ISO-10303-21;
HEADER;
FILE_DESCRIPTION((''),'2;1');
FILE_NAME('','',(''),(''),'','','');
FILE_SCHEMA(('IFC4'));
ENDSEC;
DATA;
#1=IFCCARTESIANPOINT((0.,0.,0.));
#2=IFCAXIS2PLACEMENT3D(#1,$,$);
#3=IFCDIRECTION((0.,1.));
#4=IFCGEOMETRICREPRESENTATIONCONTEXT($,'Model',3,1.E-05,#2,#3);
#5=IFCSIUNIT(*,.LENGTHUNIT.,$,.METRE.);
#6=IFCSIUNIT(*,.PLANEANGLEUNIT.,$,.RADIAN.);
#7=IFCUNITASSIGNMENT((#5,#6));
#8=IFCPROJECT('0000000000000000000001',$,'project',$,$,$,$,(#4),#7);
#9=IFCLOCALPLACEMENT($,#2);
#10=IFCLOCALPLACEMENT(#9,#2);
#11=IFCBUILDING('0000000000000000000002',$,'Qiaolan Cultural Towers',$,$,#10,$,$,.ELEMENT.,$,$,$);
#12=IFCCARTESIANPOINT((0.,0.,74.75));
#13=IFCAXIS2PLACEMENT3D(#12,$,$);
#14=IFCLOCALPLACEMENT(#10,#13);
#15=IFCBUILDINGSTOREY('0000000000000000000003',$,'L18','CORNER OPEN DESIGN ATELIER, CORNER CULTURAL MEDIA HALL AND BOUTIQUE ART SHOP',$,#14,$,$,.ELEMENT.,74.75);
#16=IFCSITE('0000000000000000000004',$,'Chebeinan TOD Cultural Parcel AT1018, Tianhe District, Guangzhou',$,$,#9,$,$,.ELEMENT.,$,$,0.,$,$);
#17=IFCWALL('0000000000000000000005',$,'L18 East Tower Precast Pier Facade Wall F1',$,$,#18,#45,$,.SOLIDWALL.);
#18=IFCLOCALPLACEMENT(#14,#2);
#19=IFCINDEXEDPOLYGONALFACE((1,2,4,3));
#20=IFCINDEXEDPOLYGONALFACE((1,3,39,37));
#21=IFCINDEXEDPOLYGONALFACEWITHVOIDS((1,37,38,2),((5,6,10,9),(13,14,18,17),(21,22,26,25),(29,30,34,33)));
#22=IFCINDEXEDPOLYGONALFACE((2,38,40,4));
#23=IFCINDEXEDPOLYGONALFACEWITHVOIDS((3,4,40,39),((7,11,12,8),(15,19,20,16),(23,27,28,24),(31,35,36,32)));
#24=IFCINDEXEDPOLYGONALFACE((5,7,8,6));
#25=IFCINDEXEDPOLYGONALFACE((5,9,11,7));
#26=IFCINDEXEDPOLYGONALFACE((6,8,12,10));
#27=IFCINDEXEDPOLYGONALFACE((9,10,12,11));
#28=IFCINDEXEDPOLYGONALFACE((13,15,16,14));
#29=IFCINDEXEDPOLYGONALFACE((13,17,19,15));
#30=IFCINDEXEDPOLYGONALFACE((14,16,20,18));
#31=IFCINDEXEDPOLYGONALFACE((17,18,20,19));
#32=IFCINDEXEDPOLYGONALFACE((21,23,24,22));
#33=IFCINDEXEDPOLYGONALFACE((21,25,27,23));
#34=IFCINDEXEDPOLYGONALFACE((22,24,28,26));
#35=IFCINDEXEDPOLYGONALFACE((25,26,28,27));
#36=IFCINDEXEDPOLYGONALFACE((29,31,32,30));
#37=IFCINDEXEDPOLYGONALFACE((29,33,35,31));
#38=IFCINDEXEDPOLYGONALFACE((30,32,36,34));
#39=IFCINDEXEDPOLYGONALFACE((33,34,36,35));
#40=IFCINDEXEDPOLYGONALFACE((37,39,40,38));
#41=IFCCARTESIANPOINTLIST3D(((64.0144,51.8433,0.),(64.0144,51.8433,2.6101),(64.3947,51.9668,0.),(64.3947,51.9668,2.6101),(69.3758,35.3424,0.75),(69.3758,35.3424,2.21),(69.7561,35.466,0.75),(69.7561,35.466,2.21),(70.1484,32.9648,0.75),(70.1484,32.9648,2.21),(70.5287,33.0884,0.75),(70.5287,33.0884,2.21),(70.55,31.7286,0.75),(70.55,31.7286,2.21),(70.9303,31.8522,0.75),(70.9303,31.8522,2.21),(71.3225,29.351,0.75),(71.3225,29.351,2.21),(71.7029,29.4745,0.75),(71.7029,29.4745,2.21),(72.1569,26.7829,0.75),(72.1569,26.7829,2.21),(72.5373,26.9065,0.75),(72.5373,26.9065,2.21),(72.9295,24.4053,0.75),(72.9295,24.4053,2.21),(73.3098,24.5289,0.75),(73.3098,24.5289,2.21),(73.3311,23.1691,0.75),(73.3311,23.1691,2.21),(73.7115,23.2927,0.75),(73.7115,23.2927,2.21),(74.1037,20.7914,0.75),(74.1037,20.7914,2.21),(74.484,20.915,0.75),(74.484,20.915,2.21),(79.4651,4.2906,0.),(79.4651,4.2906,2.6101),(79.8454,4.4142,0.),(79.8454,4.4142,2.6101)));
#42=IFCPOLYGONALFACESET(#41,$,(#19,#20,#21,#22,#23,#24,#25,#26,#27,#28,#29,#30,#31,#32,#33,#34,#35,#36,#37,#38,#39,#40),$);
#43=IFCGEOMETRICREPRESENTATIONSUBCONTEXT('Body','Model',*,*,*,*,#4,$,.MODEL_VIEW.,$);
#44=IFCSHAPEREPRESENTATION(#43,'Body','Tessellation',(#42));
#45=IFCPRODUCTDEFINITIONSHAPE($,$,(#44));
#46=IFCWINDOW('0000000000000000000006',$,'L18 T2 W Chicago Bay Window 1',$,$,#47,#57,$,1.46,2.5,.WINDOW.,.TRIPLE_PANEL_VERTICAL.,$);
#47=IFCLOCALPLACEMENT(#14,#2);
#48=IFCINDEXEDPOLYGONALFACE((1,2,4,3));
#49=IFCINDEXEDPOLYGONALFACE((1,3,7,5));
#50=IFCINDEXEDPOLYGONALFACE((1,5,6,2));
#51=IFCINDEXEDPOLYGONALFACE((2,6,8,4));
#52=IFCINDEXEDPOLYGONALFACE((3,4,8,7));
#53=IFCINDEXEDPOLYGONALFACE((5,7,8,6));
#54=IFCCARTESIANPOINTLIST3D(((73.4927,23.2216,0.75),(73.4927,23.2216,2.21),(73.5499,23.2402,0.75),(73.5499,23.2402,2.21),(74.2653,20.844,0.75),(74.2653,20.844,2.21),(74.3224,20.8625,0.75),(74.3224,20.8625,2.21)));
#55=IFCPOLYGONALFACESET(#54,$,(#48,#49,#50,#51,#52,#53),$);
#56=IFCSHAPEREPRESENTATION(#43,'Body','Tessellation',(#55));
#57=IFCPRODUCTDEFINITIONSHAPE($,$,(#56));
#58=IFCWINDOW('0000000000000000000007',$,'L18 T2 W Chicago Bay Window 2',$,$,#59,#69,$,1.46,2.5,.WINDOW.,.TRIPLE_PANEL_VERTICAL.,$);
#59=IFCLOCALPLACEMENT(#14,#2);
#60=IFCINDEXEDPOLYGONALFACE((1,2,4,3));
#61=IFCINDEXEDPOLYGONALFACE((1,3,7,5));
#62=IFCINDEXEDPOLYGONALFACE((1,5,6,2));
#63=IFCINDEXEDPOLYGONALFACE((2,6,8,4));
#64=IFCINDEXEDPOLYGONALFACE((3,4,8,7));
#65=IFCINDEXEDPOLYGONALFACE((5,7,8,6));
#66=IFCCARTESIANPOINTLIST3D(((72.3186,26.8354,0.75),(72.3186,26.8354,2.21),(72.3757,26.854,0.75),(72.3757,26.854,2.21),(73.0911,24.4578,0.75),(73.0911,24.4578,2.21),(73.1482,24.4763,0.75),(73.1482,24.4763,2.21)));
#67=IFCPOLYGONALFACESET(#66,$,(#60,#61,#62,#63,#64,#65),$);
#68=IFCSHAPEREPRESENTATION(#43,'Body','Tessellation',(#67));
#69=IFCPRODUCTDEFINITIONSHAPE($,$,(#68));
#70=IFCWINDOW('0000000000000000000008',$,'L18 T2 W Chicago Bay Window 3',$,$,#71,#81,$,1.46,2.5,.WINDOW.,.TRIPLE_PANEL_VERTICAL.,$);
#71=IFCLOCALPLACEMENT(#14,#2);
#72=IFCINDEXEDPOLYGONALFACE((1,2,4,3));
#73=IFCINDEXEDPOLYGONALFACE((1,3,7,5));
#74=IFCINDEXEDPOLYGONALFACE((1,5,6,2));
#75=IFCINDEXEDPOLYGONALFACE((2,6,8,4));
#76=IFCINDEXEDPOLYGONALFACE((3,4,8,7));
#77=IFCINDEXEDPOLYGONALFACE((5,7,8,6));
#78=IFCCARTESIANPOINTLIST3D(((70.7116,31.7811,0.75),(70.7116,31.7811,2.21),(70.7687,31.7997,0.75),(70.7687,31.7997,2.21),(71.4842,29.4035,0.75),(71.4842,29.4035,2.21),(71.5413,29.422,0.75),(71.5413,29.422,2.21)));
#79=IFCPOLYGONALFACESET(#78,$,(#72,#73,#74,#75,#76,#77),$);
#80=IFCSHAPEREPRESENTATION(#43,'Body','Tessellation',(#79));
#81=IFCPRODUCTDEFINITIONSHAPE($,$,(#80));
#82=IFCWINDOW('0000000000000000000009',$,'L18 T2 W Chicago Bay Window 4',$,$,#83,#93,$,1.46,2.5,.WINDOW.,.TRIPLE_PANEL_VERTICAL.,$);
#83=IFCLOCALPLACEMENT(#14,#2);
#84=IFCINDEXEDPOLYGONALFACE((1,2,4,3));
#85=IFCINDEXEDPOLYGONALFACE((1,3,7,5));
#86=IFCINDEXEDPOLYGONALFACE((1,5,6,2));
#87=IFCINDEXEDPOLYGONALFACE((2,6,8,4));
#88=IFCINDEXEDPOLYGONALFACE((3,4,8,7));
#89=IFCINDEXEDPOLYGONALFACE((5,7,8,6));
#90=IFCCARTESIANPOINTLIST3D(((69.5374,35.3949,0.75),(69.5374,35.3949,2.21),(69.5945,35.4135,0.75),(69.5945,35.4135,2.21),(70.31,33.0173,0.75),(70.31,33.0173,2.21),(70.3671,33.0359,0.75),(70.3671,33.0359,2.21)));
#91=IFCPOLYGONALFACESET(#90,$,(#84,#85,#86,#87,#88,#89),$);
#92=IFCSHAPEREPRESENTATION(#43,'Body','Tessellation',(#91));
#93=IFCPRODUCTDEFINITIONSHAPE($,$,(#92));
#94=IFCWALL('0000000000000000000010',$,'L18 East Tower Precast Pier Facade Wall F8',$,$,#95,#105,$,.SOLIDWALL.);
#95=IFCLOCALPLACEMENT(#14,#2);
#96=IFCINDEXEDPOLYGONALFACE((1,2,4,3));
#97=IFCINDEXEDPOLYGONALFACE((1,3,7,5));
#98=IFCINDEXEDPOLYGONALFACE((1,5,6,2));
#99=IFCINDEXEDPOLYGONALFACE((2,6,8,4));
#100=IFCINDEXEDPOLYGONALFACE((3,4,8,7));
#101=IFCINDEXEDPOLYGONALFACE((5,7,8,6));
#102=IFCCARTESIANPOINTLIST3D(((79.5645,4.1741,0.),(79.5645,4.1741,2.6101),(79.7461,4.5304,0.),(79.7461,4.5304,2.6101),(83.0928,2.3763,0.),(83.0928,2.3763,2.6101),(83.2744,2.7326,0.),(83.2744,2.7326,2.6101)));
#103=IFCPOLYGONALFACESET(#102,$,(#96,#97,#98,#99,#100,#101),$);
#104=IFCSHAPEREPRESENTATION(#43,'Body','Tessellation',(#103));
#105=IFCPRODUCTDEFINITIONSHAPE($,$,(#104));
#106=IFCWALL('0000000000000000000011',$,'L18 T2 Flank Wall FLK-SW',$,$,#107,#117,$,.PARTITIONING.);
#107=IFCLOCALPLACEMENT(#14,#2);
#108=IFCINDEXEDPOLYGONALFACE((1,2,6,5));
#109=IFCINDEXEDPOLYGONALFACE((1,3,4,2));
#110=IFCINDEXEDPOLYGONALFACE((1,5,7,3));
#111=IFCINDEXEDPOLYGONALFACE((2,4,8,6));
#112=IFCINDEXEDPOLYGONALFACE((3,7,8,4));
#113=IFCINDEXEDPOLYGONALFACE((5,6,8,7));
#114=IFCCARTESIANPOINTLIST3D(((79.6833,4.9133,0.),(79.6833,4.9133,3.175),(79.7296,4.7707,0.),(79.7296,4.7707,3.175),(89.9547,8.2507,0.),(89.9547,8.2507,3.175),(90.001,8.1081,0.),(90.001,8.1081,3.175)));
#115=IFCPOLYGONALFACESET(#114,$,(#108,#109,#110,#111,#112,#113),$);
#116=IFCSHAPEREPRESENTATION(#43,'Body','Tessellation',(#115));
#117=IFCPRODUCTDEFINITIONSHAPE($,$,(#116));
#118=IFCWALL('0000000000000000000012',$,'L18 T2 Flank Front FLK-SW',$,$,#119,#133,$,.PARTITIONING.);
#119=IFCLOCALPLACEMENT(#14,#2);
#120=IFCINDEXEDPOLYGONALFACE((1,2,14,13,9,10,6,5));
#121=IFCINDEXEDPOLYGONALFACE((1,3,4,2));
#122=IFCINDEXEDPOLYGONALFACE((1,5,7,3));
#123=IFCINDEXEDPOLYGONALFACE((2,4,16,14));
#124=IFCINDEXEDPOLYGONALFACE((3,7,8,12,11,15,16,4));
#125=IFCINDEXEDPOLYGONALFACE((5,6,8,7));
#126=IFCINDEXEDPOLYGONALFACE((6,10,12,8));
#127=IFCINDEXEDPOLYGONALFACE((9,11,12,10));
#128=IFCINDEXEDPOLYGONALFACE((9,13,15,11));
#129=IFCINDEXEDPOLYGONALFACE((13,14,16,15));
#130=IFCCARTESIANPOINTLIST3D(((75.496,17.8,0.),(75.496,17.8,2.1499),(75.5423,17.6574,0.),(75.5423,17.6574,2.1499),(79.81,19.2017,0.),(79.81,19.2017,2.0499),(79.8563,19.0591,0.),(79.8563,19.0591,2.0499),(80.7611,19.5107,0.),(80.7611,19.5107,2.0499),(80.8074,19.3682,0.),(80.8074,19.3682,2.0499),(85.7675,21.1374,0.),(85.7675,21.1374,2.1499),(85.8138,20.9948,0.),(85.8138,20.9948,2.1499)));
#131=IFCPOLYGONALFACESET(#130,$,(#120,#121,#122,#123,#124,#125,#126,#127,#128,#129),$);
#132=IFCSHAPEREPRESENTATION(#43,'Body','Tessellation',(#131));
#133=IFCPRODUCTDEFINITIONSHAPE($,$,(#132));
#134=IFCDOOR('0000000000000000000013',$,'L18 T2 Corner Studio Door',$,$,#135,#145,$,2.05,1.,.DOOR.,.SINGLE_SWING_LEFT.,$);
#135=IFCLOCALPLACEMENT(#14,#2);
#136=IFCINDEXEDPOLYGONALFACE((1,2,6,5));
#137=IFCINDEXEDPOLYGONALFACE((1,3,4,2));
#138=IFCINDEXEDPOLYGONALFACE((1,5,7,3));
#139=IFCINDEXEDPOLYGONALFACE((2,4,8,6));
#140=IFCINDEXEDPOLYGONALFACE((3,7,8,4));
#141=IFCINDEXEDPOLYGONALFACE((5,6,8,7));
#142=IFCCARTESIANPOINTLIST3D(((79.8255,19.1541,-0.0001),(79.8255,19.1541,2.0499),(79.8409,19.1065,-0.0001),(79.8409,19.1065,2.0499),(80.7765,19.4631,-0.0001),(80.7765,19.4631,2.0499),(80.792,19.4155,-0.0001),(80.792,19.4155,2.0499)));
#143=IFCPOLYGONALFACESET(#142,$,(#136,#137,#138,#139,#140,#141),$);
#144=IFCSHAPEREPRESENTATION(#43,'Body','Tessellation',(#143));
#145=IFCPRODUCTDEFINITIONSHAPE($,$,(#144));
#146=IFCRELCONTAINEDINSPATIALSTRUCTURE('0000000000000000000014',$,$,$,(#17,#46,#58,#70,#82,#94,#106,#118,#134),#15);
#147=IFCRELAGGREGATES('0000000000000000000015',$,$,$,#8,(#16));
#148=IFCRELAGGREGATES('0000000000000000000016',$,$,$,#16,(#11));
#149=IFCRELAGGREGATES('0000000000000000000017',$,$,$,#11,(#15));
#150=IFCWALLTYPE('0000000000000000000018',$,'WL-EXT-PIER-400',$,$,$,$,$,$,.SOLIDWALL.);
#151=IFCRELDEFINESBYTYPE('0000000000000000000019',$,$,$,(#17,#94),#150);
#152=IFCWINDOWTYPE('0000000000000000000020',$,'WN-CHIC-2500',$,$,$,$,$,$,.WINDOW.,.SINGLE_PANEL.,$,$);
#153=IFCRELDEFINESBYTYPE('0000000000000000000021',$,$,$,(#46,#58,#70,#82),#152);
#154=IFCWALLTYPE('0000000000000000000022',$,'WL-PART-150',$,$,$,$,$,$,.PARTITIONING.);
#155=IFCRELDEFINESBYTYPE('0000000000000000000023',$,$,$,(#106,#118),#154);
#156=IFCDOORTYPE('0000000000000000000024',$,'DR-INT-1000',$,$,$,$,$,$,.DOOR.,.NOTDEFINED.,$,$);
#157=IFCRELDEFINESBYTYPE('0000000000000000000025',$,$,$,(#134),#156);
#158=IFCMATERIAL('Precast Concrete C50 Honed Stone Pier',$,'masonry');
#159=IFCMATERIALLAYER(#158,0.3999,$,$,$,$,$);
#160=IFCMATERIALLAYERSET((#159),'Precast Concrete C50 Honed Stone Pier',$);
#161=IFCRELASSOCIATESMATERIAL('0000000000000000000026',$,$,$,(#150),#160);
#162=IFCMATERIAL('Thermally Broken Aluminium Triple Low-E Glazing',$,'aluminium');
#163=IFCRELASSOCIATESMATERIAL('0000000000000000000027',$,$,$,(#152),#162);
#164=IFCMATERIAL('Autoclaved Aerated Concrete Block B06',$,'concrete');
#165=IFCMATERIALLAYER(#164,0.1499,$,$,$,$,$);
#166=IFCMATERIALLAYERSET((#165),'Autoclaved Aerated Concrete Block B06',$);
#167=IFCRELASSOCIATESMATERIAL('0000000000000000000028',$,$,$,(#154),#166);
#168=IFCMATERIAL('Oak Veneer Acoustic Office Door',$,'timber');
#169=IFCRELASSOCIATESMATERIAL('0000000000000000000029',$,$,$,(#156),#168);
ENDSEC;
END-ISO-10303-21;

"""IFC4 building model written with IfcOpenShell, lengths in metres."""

from ifc_helpers import new_model, si_unit, direction, frame, frame_2d, origin, place, context, subcontext, project, spatial, rectangle, extrude, material, layer, layer_set, type_object, element, fill, save


model = new_model("IFC4")

# Units and contexts
model_context = context("Model", 3, precision=1e-05, world=origin(), true_north=direction((0.0, 1.0)))
body_context = subcontext(model_context, "Body", "Model", "MODEL_VIEW")
ifc_project = project(units=[si_unit("LENGTHUNIT", "METRE"), si_unit("PLANEANGLEUNIT", "RADIAN")], contexts=[model_context])

# Site, building, storey
site_placement = place(None, origin())
site = spatial("IfcSite", under=ifc_project, at=site_placement, Name="Chebeinan TOD Cultural Parcel AT1018, Tianhe District, Guangzhou", CompositionType="ELEMENT", RefElevation=0.0)
building_placement = place(site_placement, origin())
building = spatial("IfcBuilding", under=site, at=building_placement, Name="Qiaolan Cultural Towers", CompositionType="ELEMENT")
storey_placement = place(building_placement, frame((0.0, 0.0, 74.75)))
storey = spatial("IfcBuildingStorey", under=building, at=storey_placement, Name="L18", Description="CORNER OPEN DESIGN ATELIER, CORNER CULTURAL MEDIA HALL AND BOUTIQUE ART SHOP", CompositionType="ELEMENT", Elevation=74.75)

# Wall, openings, windows
ifc_material_1 = material(Name="Precast Concrete C50 Honed Stone Pier", Category="masonry")
ifc_layer_1 = layer(ifc_material_1, 0.3999)
ifc_layer_set_1 = layer_set([ifc_layer_1], Name="Precast Concrete C50 Honed Stone Pier")
wall_type_1 = type_object("IfcWallType", Name="WL-EXT-PIER-400", PredefinedType="SOLIDWALL", material=ifc_layer_set_1)
wall_1_placement = place(storey_placement, frame((79.6553, 4.3523, 0.0), z_axis=(0.0, 0.0, 1.0), x_axis=(-0.309015, 0.951057, 0.0)))
wall_1 = element("IfcWall", 1, at=wall_1_placement, inside=storey, type_object=wall_type_1, Name="L18 East Tower Precast Pier Facade Wall F1", PredefinedType="SOLIDWALL", context=body_context, shape_type="SweptSolid", body=[
    extrude(rectangle(XDim=49.9998, YDim=0.3999, at=frame_2d((25.0, 0.0))), origin(), (0.0, 0.0, 1.0), 2.6101),
])
opening_1_placement = place(wall_1_placement, frame((17.3501, 0.0, 0.75)))
opening_1 = element("IfcOpeningElement", 2, at=opening_1_placement, cuts=wall_1, PredefinedType="OPENING", context=body_context, shape_type="SweptSolid", body=[
    extrude(rectangle(XDim=2.5, YDim=1.46, at=frame_2d((1.25, 0.73))), frame((0.0, 0.21, 0.0), z_axis=(0.0, -1.0, 0.0), x_axis=(1.0, 0.0, 0.0)), (0.0, 0.0, 1.0), 0.4199),
])
opening_2_placement = place(wall_1_placement, frame((21.1499, 0.0, 0.75)))
opening_2 = element("IfcOpeningElement", 3, at=opening_2_placement, cuts=wall_1, PredefinedType="OPENING", context=body_context, shape_type="SweptSolid", body=[
    extrude(rectangle(XDim=2.5, YDim=1.46, at=frame_2d((1.25, 0.73))), frame((0.0, 0.21, 0.0), z_axis=(0.0, -1.0, 0.0), x_axis=(1.0, 0.0, 0.0)), (0.0, 0.0, 1.0), 0.4199),
])
opening_3_placement = place(wall_1_placement, frame((26.3501, 0.0, 0.75)))
opening_3 = element("IfcOpeningElement", 4, at=opening_3_placement, cuts=wall_1, PredefinedType="OPENING", context=body_context, shape_type="SweptSolid", body=[
    extrude(rectangle(XDim=2.5, YDim=1.46, at=frame_2d((1.25, 0.73))), frame((0.0, 0.21, 0.0), z_axis=(0.0, -1.0, 0.0), x_axis=(1.0, 0.0, 0.0)), (0.0, 0.0, 1.0), 0.4199),
])
opening_4_placement = place(wall_1_placement, frame((30.1499, 0.0, 0.75)))
opening_4 = element("IfcOpeningElement", 5, at=opening_4_placement, cuts=wall_1, PredefinedType="OPENING", context=body_context, shape_type="SweptSolid", body=[
    extrude(rectangle(XDim=2.5, YDim=1.46, at=frame_2d((1.25, 0.73))), frame((0.0, 0.21, 0.0), z_axis=(0.0, -1.0, 0.0), x_axis=(1.0, 0.0, 0.0)), (0.0, 0.0, 1.0), 0.4199),
])
ifc_material_2 = material(Name="Thermally Broken Aluminium Triple Low-E Glazing", Category="aluminium")
window_type = type_object("IfcWindowType", Name="WN-CHIC-2500", PartitioningType="SINGLE_PANEL", PredefinedType="WINDOW", material=ifc_material_2)
window_1_placement = place(opening_1_placement, origin())
window_1 = element("IfcWindow", 6, at=window_1_placement, inside=storey, type_object=window_type, Name="L18 T2 W Chicago Bay Window 1", OverallHeight=1.46, OverallWidth=2.5, PartitioningType="TRIPLE_PANEL_VERTICAL", PredefinedType="WINDOW", context=body_context, shape_type="SweptSolid", body=[
    extrude(rectangle(XDim=2.5, YDim=1.46, at=frame_2d((1.25, 0.73))), frame((0.0, 0.03, 0.0), z_axis=(0.0, -1.0, 0.0), x_axis=(1.0, 0.0, 0.0)), (0.0, 0.0, 1.0), 0.0601),
])
fill(opening_1, window_1)
window_2_placement = place(opening_2_placement, origin())
window_2 = element("IfcWindow", 7, at=window_2_placement, inside=storey, type_object=window_type, Name="L18 T2 W Chicago Bay Window 2", OverallHeight=1.46, OverallWidth=2.5, PartitioningType="TRIPLE_PANEL_VERTICAL", PredefinedType="WINDOW", context=body_context, shape_type="SweptSolid", body=[
    extrude(rectangle(XDim=2.5, YDim=1.46, at=frame_2d((1.25, 0.73))), frame((0.0, 0.03, 0.0), z_axis=(0.0, -1.0, 0.0), x_axis=(1.0, 0.0, 0.0)), (0.0, 0.0, 1.0), 0.0601),
])
fill(opening_2, window_2)
window_3_placement = place(opening_3_placement, origin())
window_3 = element("IfcWindow", 8, at=window_3_placement, inside=storey, type_object=window_type, Name="L18 T2 W Chicago Bay Window 3", OverallHeight=1.46, OverallWidth=2.5, PartitioningType="TRIPLE_PANEL_VERTICAL", PredefinedType="WINDOW", context=body_context, shape_type="SweptSolid", body=[
    extrude(rectangle(XDim=2.5, YDim=1.46, at=frame_2d((1.25, 0.73))), frame((0.0, 0.03, 0.0), z_axis=(0.0, -1.0, 0.0), x_axis=(1.0, 0.0, 0.0)), (0.0, 0.0, 1.0), 0.0601),
])
fill(opening_3, window_3)
window_4_placement = place(opening_4_placement, origin())
window_4 = element("IfcWindow", 9, at=window_4_placement, inside=storey, type_object=window_type, Name="L18 T2 W Chicago Bay Window 4", OverallHeight=1.46, OverallWidth=2.5, PartitioningType="TRIPLE_PANEL_VERTICAL", PredefinedType="WINDOW", context=body_context, shape_type="SweptSolid", body=[
    extrude(rectangle(XDim=2.5, YDim=1.46, at=frame_2d((1.25, 0.73))), frame((0.0, 0.03, 0.0), z_axis=(0.0, -1.0, 0.0), x_axis=(1.0, 0.0, 0.0)), (0.0, 0.0, 1.0), 0.0601),
])
fill(opening_4, window_4)

# Walls
wall_2_placement = place(storey_placement, frame((83.1836, 2.5544, 0.0), z_axis=(0.0, 0.0, 1.0), x_axis=(-0.890998, 0.454007, 0.0)))
element("IfcWall", 10, at=wall_2_placement, inside=storey, type_object=wall_type_1, Name="L18 East Tower Precast Pier Facade Wall F8", PredefinedType="SOLIDWALL", context=body_context, shape_type="SweptSolid", body=[
    extrude(rectangle(XDim=3.96, YDim=0.3999, at=frame_2d((1.98, 0.0))), origin(), (0.0, 0.0, 1.0), 2.6101),
])
ifc_material_3 = material(Name="Autoclaved Aerated Concrete Block B06", Category="concrete")
ifc_layer_2 = layer(ifc_material_3, 0.1499)
ifc_layer_set_2 = layer_set([ifc_layer_2], Name="Autoclaved Aerated Concrete Block B06")
wall_type_2 = type_object("IfcWallType", Name="WL-PART-150", PredefinedType="PARTITIONING", material=ifc_layer_set_2)
wall_3_placement = place(storey_placement, frame((79.7065, 4.842, 0.0), z_axis=(0.0, 0.0, 1.0), x_axis=(0.951057, 0.309017, 0.0)))
element("IfcWall", 11, at=wall_3_placement, inside=storey, type_object=wall_type_2, Name="L18 T2 Flank Wall FLK-SW", PredefinedType="PARTITIONING", context=body_context, shape_type="SweptSolid", body=[
    extrude(rectangle(XDim=10.8, YDim=0.1499, at=frame_2d((5.3999, 0.0))), origin(), (0.0, 0.0, 1.0), 3.175),
])

# Wall, opening, door
wall_4_placement = place(storey_placement, frame((75.5193, 17.7288, 0.0), z_axis=(0.0, 0.0, 1.0), x_axis=(0.951057, 0.309017, 0.0)))
wall_4 = element("IfcWall", 12, at=wall_4_placement, inside=storey, type_object=wall_type_2, Name="L18 T2 Flank Front FLK-SW", PredefinedType="PARTITIONING", context=body_context, shape_type="SweptSolid", body=[
    extrude(rectangle(XDim=10.8, YDim=0.1499, at=frame_2d((5.3999, 0.0))), origin(), (0.0, 0.0, 1.0), 2.1499),
])
opening_5_placement = place(wall_4_placement, frame((4.5359, 0.0, 0.0)))
opening_5 = element("IfcOpeningElement", 13, at=opening_5_placement, cuts=wall_4, PredefinedType="OPENING", context=body_context, shape_type="SweptSolid", body=[
    extrude(rectangle(XDim=1.0, YDim=2.05, at=frame_2d((0.5, 1.0249))), frame((0.0, 0.085, 0.0), z_axis=(0.0, -1.0, 0.0), x_axis=(1.0, 0.0, 0.0)), (0.0, 0.0, 1.0), 0.1699),
])
ifc_material_4 = material(Name="Oak Veneer Acoustic Office Door", Category="timber")
door_type = type_object("IfcDoorType", Name="DR-INT-1000", OperationType="NOTDEFINED", PredefinedType="DOOR", material=ifc_material_4)
door_placement = place(opening_5_placement, origin())
door = element("IfcDoor", 14, at=door_placement, inside=storey, type_object=door_type, Name="L18 T2 Corner Studio Door", OperationType="SINGLE_SWING_LEFT", OverallHeight=2.05, OverallWidth=1.0, PredefinedType="DOOR", context=body_context, shape_type="SweptSolid", body=[
    extrude(rectangle(XDim=1.0, YDim=2.05, at=frame_2d((0.5, 1.0249))), frame((0.0, 0.0249, 0.0), z_axis=(0.0, -1.0, 0.0), x_axis=(1.0, 0.0, 0.0)), (0.0, 0.0, 1.0), 0.05),
])
fill(opening_5, door)

save(model, "model.ifc")
